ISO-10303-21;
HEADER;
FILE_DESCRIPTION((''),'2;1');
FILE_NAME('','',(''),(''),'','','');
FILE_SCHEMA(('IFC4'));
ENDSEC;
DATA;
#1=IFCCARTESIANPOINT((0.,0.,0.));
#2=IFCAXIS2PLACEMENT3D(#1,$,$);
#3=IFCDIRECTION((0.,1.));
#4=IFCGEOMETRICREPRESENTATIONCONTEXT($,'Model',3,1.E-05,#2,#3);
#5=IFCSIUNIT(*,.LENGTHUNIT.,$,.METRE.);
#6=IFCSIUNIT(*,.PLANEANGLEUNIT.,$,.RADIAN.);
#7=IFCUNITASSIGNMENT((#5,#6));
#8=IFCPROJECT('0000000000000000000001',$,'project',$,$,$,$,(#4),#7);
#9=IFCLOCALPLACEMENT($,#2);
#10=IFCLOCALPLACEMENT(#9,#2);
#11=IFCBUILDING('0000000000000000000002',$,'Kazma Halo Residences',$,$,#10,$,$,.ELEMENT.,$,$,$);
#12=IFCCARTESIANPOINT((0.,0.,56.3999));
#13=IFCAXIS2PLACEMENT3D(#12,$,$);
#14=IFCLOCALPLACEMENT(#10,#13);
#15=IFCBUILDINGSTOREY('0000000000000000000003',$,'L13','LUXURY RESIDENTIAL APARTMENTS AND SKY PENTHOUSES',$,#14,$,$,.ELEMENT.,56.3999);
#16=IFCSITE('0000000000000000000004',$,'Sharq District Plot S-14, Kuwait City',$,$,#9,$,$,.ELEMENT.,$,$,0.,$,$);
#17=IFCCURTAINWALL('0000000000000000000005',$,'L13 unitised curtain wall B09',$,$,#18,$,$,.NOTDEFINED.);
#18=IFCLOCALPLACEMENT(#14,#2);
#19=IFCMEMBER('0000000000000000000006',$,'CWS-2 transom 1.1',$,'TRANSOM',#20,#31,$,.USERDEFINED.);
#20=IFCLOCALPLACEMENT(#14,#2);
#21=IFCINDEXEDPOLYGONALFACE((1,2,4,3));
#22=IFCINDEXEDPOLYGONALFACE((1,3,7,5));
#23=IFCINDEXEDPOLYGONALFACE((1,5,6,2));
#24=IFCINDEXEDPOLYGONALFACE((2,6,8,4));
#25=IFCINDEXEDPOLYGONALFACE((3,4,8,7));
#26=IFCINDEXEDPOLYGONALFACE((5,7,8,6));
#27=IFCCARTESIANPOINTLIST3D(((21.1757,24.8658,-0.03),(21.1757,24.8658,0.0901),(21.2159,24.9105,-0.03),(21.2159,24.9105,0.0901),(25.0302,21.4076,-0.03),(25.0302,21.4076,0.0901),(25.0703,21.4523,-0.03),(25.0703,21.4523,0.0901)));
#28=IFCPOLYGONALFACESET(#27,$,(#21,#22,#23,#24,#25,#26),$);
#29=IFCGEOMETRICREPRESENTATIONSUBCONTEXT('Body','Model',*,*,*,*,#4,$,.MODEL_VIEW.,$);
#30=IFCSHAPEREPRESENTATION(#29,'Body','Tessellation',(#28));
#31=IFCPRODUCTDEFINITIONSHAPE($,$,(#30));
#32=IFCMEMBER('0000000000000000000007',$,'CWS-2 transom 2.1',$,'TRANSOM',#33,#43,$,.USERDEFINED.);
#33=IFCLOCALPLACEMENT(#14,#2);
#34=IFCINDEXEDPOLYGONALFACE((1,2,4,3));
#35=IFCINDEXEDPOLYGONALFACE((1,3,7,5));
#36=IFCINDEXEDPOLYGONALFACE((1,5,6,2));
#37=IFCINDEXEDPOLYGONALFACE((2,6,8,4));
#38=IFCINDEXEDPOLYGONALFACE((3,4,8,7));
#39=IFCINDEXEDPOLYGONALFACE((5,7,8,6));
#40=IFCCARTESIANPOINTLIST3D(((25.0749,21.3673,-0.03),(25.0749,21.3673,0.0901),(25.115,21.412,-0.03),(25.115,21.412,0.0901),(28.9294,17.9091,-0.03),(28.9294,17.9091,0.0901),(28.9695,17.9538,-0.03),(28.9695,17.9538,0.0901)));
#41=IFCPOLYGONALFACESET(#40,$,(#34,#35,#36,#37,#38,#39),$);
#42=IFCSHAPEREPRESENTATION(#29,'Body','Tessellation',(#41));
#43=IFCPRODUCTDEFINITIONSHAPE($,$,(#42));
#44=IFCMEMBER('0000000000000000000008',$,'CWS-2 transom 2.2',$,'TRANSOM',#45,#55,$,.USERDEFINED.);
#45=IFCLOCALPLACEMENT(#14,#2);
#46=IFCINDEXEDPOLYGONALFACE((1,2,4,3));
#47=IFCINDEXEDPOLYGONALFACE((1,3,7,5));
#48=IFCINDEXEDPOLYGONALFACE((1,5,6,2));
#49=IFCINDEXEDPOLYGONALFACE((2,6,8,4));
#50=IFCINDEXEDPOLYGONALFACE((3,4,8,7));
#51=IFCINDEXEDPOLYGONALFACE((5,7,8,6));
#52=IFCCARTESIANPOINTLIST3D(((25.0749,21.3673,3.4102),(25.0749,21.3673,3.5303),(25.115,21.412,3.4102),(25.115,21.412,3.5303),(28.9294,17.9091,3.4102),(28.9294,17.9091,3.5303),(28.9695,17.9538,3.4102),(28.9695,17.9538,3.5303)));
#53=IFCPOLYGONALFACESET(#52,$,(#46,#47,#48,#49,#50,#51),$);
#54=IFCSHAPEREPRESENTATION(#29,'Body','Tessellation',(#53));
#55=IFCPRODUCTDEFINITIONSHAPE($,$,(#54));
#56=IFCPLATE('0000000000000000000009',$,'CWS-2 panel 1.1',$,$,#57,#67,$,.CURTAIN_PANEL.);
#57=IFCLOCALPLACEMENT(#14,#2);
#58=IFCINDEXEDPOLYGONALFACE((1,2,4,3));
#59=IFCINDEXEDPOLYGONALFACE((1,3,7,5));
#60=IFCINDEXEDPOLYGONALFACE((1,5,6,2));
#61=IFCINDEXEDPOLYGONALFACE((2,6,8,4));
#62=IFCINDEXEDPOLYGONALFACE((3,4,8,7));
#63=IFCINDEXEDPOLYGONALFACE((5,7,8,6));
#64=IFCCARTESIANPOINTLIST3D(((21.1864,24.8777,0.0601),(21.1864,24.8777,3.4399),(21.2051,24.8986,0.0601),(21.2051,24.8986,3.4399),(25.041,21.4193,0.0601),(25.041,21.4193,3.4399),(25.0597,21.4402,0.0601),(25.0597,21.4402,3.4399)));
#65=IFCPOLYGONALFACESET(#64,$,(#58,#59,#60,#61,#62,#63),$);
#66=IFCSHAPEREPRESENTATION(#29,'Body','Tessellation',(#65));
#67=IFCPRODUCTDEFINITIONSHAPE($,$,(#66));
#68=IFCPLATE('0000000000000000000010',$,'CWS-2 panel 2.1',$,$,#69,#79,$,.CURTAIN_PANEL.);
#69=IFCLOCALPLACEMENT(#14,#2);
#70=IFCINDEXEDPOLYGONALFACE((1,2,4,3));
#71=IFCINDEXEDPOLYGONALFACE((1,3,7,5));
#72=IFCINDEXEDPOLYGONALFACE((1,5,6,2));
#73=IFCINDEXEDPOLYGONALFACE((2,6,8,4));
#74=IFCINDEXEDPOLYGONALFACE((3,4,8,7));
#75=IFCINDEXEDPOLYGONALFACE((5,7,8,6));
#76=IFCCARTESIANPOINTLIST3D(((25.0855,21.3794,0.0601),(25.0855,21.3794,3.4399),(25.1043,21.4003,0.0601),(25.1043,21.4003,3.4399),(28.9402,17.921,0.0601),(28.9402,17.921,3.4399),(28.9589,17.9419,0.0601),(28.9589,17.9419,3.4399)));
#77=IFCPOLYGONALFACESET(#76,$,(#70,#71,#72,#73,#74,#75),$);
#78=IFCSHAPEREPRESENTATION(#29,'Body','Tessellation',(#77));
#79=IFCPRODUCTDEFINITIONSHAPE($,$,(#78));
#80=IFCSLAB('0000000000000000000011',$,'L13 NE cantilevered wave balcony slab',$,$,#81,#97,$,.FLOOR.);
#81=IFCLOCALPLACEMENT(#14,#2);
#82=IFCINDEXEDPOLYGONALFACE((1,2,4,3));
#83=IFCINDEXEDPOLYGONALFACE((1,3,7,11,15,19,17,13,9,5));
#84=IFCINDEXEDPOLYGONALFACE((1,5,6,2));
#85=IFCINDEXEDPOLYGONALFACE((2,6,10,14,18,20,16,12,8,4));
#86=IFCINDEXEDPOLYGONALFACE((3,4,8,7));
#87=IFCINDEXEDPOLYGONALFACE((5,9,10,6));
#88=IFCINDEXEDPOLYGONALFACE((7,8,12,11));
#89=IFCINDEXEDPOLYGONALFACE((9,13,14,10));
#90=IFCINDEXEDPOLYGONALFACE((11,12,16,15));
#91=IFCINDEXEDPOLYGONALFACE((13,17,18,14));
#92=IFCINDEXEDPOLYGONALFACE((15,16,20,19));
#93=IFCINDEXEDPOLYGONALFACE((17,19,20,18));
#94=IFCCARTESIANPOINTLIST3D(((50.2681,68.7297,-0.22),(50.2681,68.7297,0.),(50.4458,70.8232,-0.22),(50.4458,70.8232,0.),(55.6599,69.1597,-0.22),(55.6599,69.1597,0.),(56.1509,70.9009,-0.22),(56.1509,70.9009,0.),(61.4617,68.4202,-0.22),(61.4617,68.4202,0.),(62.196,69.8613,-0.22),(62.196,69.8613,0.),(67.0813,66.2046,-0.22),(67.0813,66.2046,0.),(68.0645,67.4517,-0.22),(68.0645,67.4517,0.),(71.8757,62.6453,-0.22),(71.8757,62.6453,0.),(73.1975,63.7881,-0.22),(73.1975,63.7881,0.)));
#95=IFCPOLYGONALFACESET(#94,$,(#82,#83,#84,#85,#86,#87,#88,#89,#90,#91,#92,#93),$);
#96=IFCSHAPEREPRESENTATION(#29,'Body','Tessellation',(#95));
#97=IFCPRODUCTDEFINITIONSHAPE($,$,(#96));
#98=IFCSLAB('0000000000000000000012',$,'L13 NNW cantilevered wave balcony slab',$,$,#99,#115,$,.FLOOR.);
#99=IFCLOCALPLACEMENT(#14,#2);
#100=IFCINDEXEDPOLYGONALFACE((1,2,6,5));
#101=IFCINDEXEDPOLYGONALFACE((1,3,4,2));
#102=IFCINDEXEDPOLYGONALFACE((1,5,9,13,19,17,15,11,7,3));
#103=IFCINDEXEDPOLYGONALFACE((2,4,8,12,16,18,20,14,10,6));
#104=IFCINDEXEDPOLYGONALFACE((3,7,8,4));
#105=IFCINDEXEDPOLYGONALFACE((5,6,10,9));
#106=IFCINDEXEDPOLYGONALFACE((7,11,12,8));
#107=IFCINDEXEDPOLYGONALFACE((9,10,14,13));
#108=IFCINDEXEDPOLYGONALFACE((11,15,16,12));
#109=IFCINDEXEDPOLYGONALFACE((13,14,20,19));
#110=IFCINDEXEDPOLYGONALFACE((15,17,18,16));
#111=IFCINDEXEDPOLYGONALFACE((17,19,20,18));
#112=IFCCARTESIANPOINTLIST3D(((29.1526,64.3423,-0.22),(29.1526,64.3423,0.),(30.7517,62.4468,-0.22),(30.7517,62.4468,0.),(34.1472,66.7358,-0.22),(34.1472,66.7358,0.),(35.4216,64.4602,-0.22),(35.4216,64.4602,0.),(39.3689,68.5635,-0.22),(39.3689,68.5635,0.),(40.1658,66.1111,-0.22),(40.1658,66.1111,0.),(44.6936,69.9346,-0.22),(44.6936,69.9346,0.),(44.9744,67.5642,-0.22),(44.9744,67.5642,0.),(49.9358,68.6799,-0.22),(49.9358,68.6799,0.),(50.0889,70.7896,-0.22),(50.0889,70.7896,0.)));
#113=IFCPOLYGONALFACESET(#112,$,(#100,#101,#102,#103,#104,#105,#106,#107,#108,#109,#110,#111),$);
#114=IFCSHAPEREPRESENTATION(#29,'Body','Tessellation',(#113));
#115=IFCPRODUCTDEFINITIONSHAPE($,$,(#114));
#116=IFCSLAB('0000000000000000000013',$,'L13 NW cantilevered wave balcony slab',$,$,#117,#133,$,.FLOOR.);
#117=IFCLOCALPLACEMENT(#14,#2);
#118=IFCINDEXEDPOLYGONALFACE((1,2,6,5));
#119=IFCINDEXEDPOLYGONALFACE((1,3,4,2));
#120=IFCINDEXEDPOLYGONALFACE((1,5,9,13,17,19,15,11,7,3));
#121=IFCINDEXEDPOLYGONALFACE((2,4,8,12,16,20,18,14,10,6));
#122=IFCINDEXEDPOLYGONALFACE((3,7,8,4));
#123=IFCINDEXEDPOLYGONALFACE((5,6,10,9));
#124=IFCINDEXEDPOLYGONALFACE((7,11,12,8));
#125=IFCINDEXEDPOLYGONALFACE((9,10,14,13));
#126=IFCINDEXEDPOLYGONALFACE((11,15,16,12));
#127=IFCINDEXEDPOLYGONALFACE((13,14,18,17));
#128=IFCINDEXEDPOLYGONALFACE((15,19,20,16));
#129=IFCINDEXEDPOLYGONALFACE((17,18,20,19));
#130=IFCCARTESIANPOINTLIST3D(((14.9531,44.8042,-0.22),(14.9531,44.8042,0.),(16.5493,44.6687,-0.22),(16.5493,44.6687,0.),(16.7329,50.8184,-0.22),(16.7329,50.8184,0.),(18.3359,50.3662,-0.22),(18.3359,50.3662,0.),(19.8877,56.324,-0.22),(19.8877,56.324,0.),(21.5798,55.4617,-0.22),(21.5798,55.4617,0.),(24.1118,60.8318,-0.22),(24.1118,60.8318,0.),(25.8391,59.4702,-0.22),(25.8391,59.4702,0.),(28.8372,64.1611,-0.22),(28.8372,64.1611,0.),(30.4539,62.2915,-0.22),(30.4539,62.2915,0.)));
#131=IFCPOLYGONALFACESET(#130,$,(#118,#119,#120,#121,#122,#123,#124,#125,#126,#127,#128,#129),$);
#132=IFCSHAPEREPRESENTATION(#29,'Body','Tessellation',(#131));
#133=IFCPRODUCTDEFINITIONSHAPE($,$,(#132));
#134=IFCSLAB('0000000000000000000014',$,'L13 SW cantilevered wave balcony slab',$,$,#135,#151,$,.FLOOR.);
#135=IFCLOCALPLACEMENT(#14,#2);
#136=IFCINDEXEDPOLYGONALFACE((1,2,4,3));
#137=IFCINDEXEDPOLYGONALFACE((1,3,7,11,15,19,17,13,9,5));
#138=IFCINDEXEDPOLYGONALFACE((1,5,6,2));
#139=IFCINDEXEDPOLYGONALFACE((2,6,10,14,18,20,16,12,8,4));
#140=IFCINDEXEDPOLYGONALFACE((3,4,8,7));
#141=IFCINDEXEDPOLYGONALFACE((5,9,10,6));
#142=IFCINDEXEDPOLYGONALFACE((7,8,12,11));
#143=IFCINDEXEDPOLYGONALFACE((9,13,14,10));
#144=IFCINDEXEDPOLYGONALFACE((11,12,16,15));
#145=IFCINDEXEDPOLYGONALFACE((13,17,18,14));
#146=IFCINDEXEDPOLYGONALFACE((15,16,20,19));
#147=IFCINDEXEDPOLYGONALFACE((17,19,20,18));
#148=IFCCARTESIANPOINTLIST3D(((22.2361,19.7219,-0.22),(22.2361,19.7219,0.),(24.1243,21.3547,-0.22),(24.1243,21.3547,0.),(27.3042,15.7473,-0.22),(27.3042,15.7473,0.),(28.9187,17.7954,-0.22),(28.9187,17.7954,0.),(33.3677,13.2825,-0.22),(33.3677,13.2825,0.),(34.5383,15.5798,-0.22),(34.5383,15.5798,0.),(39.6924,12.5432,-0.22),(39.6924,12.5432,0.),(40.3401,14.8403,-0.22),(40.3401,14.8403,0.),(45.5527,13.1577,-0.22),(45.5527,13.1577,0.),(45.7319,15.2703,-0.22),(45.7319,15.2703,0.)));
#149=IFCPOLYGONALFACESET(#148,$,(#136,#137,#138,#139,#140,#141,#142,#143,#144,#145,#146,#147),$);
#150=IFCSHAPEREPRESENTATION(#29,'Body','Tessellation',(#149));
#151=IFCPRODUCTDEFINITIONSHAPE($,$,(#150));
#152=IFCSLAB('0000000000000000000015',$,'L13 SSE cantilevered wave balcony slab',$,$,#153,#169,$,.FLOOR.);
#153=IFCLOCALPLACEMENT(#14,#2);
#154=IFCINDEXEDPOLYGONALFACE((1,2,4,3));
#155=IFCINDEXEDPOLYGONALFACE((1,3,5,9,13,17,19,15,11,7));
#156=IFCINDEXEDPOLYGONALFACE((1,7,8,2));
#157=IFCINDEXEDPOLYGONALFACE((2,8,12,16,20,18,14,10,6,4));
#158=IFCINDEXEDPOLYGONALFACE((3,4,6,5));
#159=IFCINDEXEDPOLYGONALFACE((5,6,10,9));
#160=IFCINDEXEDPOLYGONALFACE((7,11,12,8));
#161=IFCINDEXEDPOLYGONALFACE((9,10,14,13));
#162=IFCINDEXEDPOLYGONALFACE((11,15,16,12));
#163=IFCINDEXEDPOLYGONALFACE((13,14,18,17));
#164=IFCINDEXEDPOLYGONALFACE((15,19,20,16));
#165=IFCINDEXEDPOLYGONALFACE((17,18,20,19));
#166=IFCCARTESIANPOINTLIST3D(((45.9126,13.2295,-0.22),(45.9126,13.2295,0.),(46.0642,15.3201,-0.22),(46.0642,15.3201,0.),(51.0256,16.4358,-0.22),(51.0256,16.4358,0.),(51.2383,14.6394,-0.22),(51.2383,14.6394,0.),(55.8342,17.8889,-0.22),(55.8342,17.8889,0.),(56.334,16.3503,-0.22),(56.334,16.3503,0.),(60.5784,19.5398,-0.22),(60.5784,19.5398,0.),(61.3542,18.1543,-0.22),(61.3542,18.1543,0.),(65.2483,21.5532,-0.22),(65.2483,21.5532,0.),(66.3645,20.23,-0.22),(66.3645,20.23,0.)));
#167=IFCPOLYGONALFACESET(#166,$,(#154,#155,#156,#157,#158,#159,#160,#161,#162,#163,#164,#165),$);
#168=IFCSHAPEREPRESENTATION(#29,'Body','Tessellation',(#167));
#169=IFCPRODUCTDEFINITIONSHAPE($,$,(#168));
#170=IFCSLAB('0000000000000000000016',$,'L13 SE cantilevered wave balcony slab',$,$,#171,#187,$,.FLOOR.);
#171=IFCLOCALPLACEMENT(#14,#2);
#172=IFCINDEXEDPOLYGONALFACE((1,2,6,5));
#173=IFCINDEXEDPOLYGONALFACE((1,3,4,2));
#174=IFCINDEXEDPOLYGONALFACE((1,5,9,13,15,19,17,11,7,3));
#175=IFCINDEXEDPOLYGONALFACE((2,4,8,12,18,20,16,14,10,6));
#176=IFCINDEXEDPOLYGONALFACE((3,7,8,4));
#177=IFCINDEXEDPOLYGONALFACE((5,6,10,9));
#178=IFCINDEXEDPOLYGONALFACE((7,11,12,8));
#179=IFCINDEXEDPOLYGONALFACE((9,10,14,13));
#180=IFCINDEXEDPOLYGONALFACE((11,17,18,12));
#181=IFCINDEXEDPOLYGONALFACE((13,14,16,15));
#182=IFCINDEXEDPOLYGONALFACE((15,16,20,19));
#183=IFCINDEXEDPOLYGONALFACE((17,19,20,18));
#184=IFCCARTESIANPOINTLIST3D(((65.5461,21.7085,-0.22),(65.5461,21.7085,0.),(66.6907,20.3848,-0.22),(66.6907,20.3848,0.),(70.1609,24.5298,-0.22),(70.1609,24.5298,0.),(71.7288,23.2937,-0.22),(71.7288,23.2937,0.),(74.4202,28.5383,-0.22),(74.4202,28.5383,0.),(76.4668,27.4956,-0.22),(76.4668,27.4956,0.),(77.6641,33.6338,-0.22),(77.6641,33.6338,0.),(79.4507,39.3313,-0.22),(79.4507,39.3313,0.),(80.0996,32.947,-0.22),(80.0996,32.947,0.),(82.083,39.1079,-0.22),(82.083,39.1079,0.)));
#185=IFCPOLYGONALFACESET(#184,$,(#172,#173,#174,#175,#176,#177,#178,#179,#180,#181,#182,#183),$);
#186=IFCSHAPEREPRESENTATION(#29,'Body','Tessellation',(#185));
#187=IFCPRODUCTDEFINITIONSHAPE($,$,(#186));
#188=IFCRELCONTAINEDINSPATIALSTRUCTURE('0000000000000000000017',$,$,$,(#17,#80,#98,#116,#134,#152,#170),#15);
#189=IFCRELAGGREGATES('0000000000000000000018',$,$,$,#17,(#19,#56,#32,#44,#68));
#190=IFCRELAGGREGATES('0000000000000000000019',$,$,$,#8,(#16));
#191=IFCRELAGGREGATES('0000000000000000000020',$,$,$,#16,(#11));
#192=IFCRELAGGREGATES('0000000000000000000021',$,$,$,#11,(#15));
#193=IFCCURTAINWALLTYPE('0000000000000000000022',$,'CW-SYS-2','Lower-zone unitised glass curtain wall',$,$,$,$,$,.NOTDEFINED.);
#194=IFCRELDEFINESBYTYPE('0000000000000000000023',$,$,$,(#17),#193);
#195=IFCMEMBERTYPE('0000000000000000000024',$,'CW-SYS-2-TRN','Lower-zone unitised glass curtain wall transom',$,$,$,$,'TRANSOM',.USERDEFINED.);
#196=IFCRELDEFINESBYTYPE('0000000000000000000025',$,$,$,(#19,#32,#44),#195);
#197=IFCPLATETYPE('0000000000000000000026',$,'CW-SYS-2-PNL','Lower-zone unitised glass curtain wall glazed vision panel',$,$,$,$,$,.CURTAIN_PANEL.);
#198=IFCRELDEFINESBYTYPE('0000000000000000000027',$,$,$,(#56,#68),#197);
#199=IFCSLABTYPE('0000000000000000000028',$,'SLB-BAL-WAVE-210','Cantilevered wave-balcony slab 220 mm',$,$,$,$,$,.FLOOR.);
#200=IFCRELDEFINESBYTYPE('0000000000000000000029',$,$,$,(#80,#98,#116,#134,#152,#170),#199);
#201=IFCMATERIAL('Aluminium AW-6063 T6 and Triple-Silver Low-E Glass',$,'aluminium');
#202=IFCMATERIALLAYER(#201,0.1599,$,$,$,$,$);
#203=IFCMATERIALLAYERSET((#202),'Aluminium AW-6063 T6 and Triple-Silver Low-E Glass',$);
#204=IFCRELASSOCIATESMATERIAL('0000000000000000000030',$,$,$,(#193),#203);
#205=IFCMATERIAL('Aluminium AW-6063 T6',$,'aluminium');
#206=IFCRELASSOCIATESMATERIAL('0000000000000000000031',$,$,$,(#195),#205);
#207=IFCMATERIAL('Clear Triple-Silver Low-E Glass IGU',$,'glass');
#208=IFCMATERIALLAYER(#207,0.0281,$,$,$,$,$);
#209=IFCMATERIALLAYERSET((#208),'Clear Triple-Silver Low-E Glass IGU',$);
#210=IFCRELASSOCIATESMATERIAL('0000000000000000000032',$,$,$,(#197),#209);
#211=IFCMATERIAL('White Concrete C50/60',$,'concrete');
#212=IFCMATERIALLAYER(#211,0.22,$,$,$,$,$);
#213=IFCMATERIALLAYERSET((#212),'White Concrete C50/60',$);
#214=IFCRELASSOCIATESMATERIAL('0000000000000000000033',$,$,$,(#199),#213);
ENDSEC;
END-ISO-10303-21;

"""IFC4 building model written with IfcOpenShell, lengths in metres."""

from ifc_helpers import new_model, si_unit, direction, frame, origin, origin_2d, place, context, subcontext, project, spatial, polyline, rectangle, outline, extrude, material, layer, layer_set, material_profile, profile_set, type_object, element, aggregate, save


model = new_model("IFC4")

# Units and contexts
model_context = context("Model", 3, precision=1e-05, world=origin(), true_north=direction((0.0, 1.0)))
body_context = subcontext(model_context, "Body", "Model", "MODEL_VIEW")
ifc_project = project(units=[si_unit("LENGTHUNIT", "METRE"), si_unit("PLANEANGLEUNIT", "RADIAN")], contexts=[model_context])

# Site, building, storey
site_placement = place(None, origin())
site = spatial("IfcSite", under=ifc_project, at=site_placement, Name="Sharq District Plot S-14, Kuwait City", CompositionType="ELEMENT", RefElevation=0.0)
building_placement = place(site_placement, origin())
building = spatial("IfcBuilding", under=site, at=building_placement, Name="Kazma Halo Residences", CompositionType="ELEMENT")
storey_placement = place(building_placement, frame((0.0, 0.0, 56.3999)))
storey = spatial("IfcBuildingStorey", under=building, at=storey_placement, Name="L13", Description="LUXURY RESIDENTIAL APARTMENTS AND SKY PENTHOUSES", CompositionType="ELEMENT", Elevation=56.3999)

# Curtain wall, members, plates
ifc_material_1 = material(Name="Aluminium AW-6063 T6 and Triple-Silver Low-E Glass", Category="aluminium")
ifc_layer_1 = layer(ifc_material_1, 0.1599)
ifc_layer_set_1 = layer_set([ifc_layer_1], Name="Aluminium AW-6063 T6 and Triple-Silver Low-E Glass")
curtain_wall_type = type_object("IfcCurtainWallType", Name="CW-SYS-2", Description="Lower-zone unitised glass curtain wall", PredefinedType="NOTDEFINED", material=ifc_layer_set_1)
curtain_wall_placement = place(storey_placement, origin())
curtain_wall = element("IfcCurtainWall", 1, at=curtain_wall_placement, inside=storey, type_object=curtain_wall_type, Name="L13 unitised curtain wall B09", PredefinedType="NOTDEFINED")
ifc_material_2 = material(Name="Aluminium AW-6063 T6", Category="aluminium")
ifc_material_profile_1 = material_profile(ifc_material_2, rectangle(XDim=0.0601, YDim=0.1201, at=origin_2d()), Name="CWT-60x120")
ifc_profile_set_1 = profile_set([ifc_material_profile_1], Name="Aluminium AW-6063 T6")
member_type_1 = type_object("IfcMemberType", Name="CW-SYS-2-TRN", Description="Lower-zone unitised glass curtain wall transom", ElementType="TRANSOM", PredefinedType="USERDEFINED", material=ifc_profile_set_1)
member_1_placement = place(storey_placement, frame((21.1958, 24.8882, 0.03), z_axis=(0.744329, -0.667813, 0.0), x_axis=(0.667813, 0.744329, 0.0)))
member_1 = element("IfcMember", 2, at=member_1_placement, type_object=member_type_1, Name="CWS-2 transom 1.1", ObjectType="TRANSOM", PredefinedType="USERDEFINED", context=body_context, shape_type="SweptSolid", body=[
    extrude(rectangle(XDim=0.0601, YDim=0.1201, at=origin_2d()), origin(), (0.0, 0.0, 1.0), 5.1785),
])
member_2_placement = place(storey_placement, frame((25.095, 21.3896, 0.03), z_axis=(0.744329, -0.667813, 0.0), x_axis=(0.667813, 0.744329, 0.0)))
member_2 = element("IfcMember", 3, at=member_2_placement, type_object=member_type_1, Name="CWS-2 transom 2.1", ObjectType="TRANSOM", PredefinedType="USERDEFINED", context=body_context, shape_type="SweptSolid", body=[
    extrude(rectangle(XDim=0.0601, YDim=0.1201, at=origin_2d()), origin(), (0.0, 0.0, 1.0), 5.1785),
])
member_3_placement = place(storey_placement, frame((25.095, 21.3896, 3.4702), z_axis=(0.744329, -0.667813, 0.0), x_axis=(0.667813, 0.744329, 0.0)))
member_3 = element("IfcMember", 4, at=member_3_placement, type_object=member_type_1, Name="CWS-2 transom 2.2", ObjectType="TRANSOM", PredefinedType="USERDEFINED", context=body_context, shape_type="SweptSolid", body=[
    extrude(rectangle(XDim=0.0601, YDim=0.1201, at=origin_2d()), origin(), (0.0, 0.0, 1.0), 5.1785),
])
ifc_material_3 = material(Name="Clear Triple-Silver Low-E Glass IGU", Category="glass")
ifc_layer_2 = layer(ifc_material_3, 0.0281)
ifc_layer_set_2 = layer_set([ifc_layer_2], Name="Clear Triple-Silver Low-E Glass IGU")
plate_type = type_object("IfcPlateType", Name="CW-SYS-2-PNL", Description="Lower-zone unitised glass curtain wall glazed vision panel", PredefinedType="CURTAIN_PANEL", material=ifc_layer_set_2)
plate_1_placement = place(storey_placement, frame((23.123, 23.1589, 0.0601), z_axis=(0.0, 0.0, 1.0), x_axis=(0.744322, -0.667821, 0.0)))
plate_1 = element("IfcPlate", 5, at=plate_1_placement, type_object=plate_type, Name="CWS-2 panel 1.1", PredefinedType="CURTAIN_PANEL", context=body_context, shape_type="SweptSolid", body=[
    extrude(rectangle(XDim=5.1787, YDim=0.0281, at=origin_2d()), origin(), (0.0, 0.0, 1.0), 3.3799),
])
plate_2_placement = place(storey_placement, frame((27.0222, 19.6606, 0.0601), z_axis=(0.0, 0.0, 1.0), x_axis=(0.744322, -0.667821, 0.0)))
plate_2 = element("IfcPlate", 6, at=plate_2_placement, type_object=plate_type, Name="CWS-2 panel 2.1", PredefinedType="CURTAIN_PANEL", context=body_context, shape_type="SweptSolid", body=[
    extrude(rectangle(XDim=5.1787, YDim=0.0281, at=origin_2d()), origin(), (0.0, 0.0, 1.0), 3.3799),
])
aggregate(curtain_wall, [member_1, plate_1, member_2, member_3, plate_2])

# Slabs
ifc_material_4 = material(Name="White Concrete C50/60", Category="concrete")
ifc_layer_3 = layer(ifc_material_4, 0.22)
ifc_layer_set_3 = layer_set([ifc_layer_3], Name="White Concrete C50/60")
slab_type_1 = type_object("IfcSlabType", Name="SLB-BAL-WAVE-210", Description="Cantilevered wave-balcony slab 220 mm", PredefinedType="FLOOR", material=ifc_layer_set_3)
slab_1_placement = place(storey_placement, frame((0.0, 0.0, -0.22)))
element("IfcSlab", 7, at=slab_1_placement, inside=storey, type_object=slab_type_1, Name="L13 NE cantilevered wave balcony slab", PredefinedType="FLOOR", context=body_context, shape_type="SweptSolid", body=[
    extrude(outline(polyline([(71.8757, 62.6453), (67.0813, 66.2046), (61.4617, 68.4202), (55.6599, 69.1597), (50.2681, 68.7297), (50.4458, 70.8232), (56.1509, 70.9009), (62.196, 69.8613), (68.0645, 67.4517), (73.1975, 63.7881), (71.8757, 62.6453)])), origin(), (0.0, 0.0, 1.0), 0.22),
])
slab_2_placement = place(storey_placement, frame((0.0, 0.0, -0.22)))
element("IfcSlab", 8, at=slab_2_placement, inside=storey, type_object=slab_type_1, Name="L13 NNW cantilevered wave balcony slab", PredefinedType="FLOOR", context=body_context, shape_type="SweptSolid", body=[
    extrude(outline(polyline([(49.9358, 68.6799), (44.9744, 67.5642), (40.1658, 66.1111), (35.4216, 64.4602), (30.7517, 62.4468), (29.1526, 64.3423), (34.1472, 66.7358), (39.3689, 68.5635), (44.6936, 69.9346), (50.0889, 70.7896), (49.9358, 68.6799)])), origin(), (0.0, 0.0, 1.0), 0.22),
])
slab_3_placement = place(storey_placement, frame((0.0, 0.0, -0.22)))
element("IfcSlab", 9, at=slab_3_placement, inside=storey, type_object=slab_type_1, Name="L13 NW cantilevered wave balcony slab", PredefinedType="FLOOR", context=body_context, shape_type="SweptSolid", body=[
    extrude(outline(polyline([(30.4539, 62.2915), (25.8391, 59.4702), (21.5798, 55.4617), (18.3359, 50.3662), (16.5493, 44.6687), (14.9531, 44.8042), (16.7329, 50.8184), (19.8877, 56.324), (24.1118, 60.8318), (28.8372, 64.1611), (30.4539, 62.2915)])), origin(), (0.0, 0.0, 1.0), 0.22),
])
slab_4_placement = place(storey_placement, frame((0.0, 0.0, -0.22)))
element("IfcSlab", 10, at=slab_4_placement, inside=storey, type_object=slab_type_1, Name="L13 SW cantilevered wave balcony slab", PredefinedType="FLOOR", context=body_context, shape_type="SweptSolid", body=[
    extrude(outline(polyline([(24.1243, 21.3547), (28.9187, 17.7954), (34.5383, 15.5798), (40.3401, 14.8403), (45.7319, 15.2703), (45.5527, 13.1577), (39.6924, 12.5432), (33.3677, 13.2825), (27.3042, 15.7473), (22.2361, 19.7219), (24.1243, 21.3547)])), origin(), (0.0, 0.0, 1.0), 0.22),
])
slab_5_placement = place(storey_placement, frame((0.0, 0.0, -0.22)))
element("IfcSlab", 11, at=slab_5_placement, inside=storey, type_object=slab_type_1, Name="L13 SSE cantilevered wave balcony slab", PredefinedType="FLOOR", context=body_context, shape_type="SweptSolid", body=[
    extrude(outline(polyline([(46.0642, 15.3201), (51.0256, 16.4358), (55.8342, 17.8889), (60.5784, 19.5398), (65.2483, 21.5532), (66.3645, 20.23), (61.3542, 18.1543), (56.334, 16.3503), (51.2383, 14.6394), (45.9126, 13.2295), (46.0642, 15.3201)])), origin(), (0.0, 0.0, 1.0), 0.22),
])
slab_6_placement = place(storey_placement, frame((0.0, 0.0, -0.22)))
element("IfcSlab", 12, at=slab_6_placement, inside=storey, type_object=slab_type_1, Name="L13 SE cantilevered wave balcony slab", PredefinedType="FLOOR", context=body_context, shape_type="SweptSolid", body=[
    extrude(outline(polyline([(65.5461, 21.7085), (70.1609, 24.5298), (74.4202, 28.5383), (77.6641, 33.6338), (79.4507, 39.3313), (82.083, 39.1079), (80.0996, 32.947), (76.4668, 27.4956), (71.7288, 23.2937), (66.6907, 20.3848), (65.5461, 21.7085)])), origin(), (0.0, 0.0, 1.0), 0.22),
])

save(model, "model.ifc")
